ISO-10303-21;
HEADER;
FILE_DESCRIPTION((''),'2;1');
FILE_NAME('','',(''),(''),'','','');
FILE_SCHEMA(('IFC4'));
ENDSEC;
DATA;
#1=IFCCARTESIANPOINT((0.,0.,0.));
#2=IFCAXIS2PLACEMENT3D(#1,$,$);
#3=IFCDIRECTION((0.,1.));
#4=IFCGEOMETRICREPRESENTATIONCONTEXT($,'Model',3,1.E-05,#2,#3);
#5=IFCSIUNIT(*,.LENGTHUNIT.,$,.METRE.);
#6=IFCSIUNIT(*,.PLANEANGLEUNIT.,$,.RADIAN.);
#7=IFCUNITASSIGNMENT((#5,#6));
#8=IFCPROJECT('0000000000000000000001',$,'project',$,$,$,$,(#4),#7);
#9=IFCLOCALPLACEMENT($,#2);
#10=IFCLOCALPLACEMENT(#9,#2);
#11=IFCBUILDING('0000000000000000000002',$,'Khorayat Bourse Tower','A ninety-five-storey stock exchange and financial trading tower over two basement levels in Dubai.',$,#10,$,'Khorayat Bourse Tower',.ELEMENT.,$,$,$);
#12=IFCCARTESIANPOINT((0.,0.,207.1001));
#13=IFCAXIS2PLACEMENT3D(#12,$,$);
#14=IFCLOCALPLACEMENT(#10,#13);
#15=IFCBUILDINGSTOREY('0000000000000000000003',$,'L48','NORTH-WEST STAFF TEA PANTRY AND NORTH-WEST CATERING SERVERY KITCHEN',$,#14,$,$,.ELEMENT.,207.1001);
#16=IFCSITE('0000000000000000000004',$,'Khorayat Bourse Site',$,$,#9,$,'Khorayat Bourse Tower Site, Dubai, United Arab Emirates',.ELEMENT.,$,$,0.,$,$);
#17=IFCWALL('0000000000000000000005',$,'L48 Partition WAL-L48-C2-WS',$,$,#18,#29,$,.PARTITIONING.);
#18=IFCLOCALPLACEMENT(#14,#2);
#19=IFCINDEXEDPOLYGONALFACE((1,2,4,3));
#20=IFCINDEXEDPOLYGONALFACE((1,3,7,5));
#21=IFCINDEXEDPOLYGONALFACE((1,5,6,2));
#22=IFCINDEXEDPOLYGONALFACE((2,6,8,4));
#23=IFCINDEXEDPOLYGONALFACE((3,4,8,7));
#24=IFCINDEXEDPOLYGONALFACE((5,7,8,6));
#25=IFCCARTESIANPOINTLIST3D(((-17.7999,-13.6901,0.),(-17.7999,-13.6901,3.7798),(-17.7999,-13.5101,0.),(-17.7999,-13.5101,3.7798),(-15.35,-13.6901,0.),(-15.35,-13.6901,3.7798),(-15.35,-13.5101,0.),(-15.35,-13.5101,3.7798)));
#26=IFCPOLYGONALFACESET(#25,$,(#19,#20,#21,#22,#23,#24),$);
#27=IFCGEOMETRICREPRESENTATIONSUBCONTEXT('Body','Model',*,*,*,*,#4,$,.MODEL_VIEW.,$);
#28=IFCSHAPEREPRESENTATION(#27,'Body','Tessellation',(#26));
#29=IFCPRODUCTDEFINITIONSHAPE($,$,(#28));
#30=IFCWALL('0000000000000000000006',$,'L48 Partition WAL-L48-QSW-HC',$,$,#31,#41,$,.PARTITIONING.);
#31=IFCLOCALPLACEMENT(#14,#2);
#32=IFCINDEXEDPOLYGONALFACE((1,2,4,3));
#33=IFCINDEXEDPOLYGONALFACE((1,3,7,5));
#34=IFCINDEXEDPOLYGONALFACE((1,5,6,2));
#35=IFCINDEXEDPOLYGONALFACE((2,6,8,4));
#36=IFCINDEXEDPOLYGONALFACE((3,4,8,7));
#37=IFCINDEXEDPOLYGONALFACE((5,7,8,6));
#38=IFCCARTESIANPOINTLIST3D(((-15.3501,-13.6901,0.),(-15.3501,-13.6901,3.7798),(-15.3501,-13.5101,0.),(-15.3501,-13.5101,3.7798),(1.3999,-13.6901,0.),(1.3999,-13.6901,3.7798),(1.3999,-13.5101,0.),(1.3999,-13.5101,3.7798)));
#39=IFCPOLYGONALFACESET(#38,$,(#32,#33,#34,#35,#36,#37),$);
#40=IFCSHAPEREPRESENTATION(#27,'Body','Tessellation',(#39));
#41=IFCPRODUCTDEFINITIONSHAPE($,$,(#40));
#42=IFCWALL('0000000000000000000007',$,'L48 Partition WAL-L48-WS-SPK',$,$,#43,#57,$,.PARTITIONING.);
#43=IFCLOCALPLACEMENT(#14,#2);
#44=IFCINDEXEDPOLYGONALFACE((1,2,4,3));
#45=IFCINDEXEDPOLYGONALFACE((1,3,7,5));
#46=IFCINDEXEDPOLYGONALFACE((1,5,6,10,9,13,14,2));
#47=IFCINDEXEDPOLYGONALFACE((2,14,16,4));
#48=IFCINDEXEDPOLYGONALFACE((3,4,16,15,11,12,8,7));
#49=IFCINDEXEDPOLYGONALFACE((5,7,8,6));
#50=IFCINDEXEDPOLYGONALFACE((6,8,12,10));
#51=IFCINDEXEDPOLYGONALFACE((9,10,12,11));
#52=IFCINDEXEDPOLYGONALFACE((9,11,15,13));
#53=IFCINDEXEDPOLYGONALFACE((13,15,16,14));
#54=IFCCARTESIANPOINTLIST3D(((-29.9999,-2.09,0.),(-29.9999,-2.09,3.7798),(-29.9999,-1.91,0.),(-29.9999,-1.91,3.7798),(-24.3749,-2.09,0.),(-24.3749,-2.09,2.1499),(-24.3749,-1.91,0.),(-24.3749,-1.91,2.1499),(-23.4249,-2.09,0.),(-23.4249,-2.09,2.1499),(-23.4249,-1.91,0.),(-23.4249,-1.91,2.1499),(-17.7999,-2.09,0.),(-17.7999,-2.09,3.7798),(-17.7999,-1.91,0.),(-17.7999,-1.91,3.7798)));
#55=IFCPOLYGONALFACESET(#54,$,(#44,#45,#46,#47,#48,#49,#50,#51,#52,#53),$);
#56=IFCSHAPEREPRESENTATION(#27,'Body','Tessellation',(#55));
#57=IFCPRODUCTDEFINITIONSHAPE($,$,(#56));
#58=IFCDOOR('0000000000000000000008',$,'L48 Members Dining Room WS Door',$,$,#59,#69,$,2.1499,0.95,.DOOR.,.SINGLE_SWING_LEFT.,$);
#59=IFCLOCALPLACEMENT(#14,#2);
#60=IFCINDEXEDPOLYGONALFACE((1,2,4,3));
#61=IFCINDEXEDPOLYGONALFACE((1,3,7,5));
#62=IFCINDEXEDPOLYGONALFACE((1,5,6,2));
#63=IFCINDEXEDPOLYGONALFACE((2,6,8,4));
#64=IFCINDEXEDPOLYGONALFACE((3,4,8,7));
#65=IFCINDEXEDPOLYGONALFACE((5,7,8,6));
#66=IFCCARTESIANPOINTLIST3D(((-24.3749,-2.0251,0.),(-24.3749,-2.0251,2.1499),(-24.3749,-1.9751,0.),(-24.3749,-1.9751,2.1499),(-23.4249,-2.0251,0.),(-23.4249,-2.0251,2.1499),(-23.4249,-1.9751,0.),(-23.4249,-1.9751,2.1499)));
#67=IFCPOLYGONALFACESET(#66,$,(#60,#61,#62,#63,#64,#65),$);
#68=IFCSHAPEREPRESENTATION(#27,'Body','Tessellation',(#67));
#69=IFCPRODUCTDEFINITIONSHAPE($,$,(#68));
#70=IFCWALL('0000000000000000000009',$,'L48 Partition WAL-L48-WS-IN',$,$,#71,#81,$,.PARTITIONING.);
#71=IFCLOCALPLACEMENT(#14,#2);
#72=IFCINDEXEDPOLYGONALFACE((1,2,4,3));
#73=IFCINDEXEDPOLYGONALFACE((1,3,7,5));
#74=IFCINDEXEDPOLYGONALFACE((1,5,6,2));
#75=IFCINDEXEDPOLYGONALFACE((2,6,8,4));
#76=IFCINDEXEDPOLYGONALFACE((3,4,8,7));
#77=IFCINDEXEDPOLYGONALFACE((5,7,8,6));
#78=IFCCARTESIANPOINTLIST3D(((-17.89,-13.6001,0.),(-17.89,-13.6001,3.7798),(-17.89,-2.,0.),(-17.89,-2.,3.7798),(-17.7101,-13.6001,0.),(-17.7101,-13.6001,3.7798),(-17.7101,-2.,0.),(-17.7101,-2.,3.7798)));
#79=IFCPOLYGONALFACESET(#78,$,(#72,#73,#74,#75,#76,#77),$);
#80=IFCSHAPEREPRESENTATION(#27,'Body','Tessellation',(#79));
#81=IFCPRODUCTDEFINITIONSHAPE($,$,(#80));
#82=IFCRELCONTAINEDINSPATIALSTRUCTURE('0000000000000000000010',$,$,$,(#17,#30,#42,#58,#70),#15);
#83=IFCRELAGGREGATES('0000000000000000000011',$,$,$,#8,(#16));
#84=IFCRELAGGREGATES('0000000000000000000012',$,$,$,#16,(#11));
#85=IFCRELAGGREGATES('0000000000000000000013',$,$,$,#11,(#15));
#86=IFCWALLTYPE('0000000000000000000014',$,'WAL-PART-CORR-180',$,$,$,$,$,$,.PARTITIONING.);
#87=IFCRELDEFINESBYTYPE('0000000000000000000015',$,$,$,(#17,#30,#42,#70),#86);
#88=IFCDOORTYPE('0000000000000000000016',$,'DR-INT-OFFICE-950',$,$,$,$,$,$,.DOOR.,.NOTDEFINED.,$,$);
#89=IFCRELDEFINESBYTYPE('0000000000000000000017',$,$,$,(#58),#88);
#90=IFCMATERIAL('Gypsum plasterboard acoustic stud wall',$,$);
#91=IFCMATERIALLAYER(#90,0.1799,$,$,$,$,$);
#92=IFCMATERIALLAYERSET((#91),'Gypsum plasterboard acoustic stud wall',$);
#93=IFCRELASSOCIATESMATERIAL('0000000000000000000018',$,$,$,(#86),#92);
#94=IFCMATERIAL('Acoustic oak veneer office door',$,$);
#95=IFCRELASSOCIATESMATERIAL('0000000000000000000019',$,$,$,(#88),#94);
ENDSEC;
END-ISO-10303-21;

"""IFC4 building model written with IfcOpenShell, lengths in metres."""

from ifc_helpers import new_model, si_unit, direction, frame, frame_2d, origin, place, context, subcontext, project, spatial, rectangle, extrude, source, transform, mapped, material, layer, layer_set, type_object, element, fill, save


model = new_model("IFC4")

# Units and contexts
model_context = context("Model", 3, precision=1e-05, world=origin(), true_north=direction((0.0, 1.0)))
body_context = subcontext(model_context, "Body", "Model", "MODEL_VIEW")
ifc_project = project(units=[si_unit("LENGTHUNIT", "METRE"), si_unit("PLANEANGLEUNIT", "RADIAN")], contexts=[model_context])

# Site, building, storey
site_placement = place(None, origin())
site = spatial("IfcSite", under=ifc_project, at=site_placement, Name="Khorayat Bourse Site", LongName="Khorayat Bourse Tower Site, Dubai, United Arab Emirates", CompositionType="ELEMENT", RefElevation=0.0)
building_placement = place(site_placement, origin())
building = spatial("IfcBuilding", under=site, at=building_placement, Name="Khorayat Bourse Tower", Description="A ninety-five-storey stock exchange and financial trading tower over two basement levels in Dubai.", LongName="Khorayat Bourse Tower", CompositionType="ELEMENT")
storey_placement = place(building_placement, frame((0.0, 0.0, 207.1001)))
storey = spatial("IfcBuildingStorey", under=building, at=storey_placement, Name="L48", Description="NORTH-WEST STAFF TEA PANTRY AND NORTH-WEST CATERING SERVERY KITCHEN", CompositionType="ELEMENT", Elevation=207.1001)

# Walls
ifc_material_1 = material(Name="Gypsum plasterboard acoustic stud wall")
ifc_layer_1 = layer(ifc_material_1, 0.1799)
ifc_layer_set_1 = layer_set([ifc_layer_1], Name="Gypsum plasterboard acoustic stud wall")
wall_type_1 = type_object("IfcWallType", Name="WAL-PART-CORR-180", PredefinedType="PARTITIONING", material=ifc_layer_set_1)
shared_shape_1 = source(origin(), body_context, "Body", "SweptSolid", [
    extrude(rectangle(XDim=2.45, YDim=0.1799, at=frame_2d((1.2251, 0.0))), origin(), (0.0, 0.0, 1.0), 3.7798),
])
wall_1_placement = place(storey_placement, frame((-17.8, -13.6001, 0.0), z_axis=(0.0, 0.0, 1.0), x_axis=(1.0, 0.0, 0.0)))
element("IfcWall", 1, at=wall_1_placement, inside=storey, type_object=wall_type_1, Name="L48 Partition WAL-L48-C2-WS", PredefinedType="PARTITIONING", context=body_context, shape_type="MappedRepresentation", body=[
    mapped(shared_shape_1, transform((0.0, 0.0, 0.0), scale=1.0)),
])
shared_shape_2 = source(origin(), body_context, "Body", "SweptSolid", [
    extrude(rectangle(XDim=16.75, YDim=0.1799, at=frame_2d((8.375, 0.0))), origin(), (0.0, 0.0, 1.0), 3.7798),
])
wall_2_placement = place(storey_placement, frame((-15.3501, -13.6001, 0.0), z_axis=(0.0, 0.0, 1.0), x_axis=(1.0, 0.0, 0.0)))
element("IfcWall", 2, at=wall_2_placement, inside=storey, type_object=wall_type_1, Name="L48 Partition WAL-L48-QSW-HC", PredefinedType="PARTITIONING", context=body_context, shape_type="MappedRepresentation", body=[
    mapped(shared_shape_2, transform((0.0, 0.0, 0.0), scale=1.0)),
])

# Wall, opening, door
shared_shape_3 = source(origin(), body_context, "Body", "SweptSolid", [
    extrude(rectangle(XDim=12.2, YDim=0.1799, at=frame_2d((6.1001, 0.0))), origin(), (0.0, 0.0, 1.0), 3.7798),
])
wall_3_placement = place(storey_placement, frame((-30.0, -2.0, 0.0), z_axis=(0.0, 0.0, 1.0), x_axis=(1.0, 0.0, 0.0)))
wall_3 = element("IfcWall", 3, at=wall_3_placement, inside=storey, type_object=wall_type_1, Name="L48 Partition WAL-L48-WS-SPK", PredefinedType="PARTITIONING", context=body_context, shape_type="MappedRepresentation", body=[
    mapped(shared_shape_3, transform((0.0, 0.0, 0.0), scale=1.0)),
])
shared_shape_4 = source(origin(), body_context, "Body", "SweptSolid", [
    extrude(rectangle(XDim=0.95, YDim=2.1499, at=frame_2d((0.4751, 1.075))), frame((0.0, 0.0999, 0.0), z_axis=(0.0, -1.0, 0.0), x_axis=(1.0, 0.0, 0.0)), (0.0, 0.0, 1.0), 0.2),
])
opening_placement = place(wall_3_placement, frame((5.625, 0.0, 0.0)))
opening = element("IfcOpeningElement", 4, at=opening_placement, cuts=wall_3, PredefinedType="OPENING", context=body_context, shape_type="MappedRepresentation", body=[
    mapped(shared_shape_4, transform((0.0, 0.0, 0.0), scale=1.0)),
])
ifc_material_2 = material(Name="Acoustic oak veneer office door")
door_type = type_object("IfcDoorType", Name="DR-INT-OFFICE-950", OperationType="NOTDEFINED", PredefinedType="DOOR", material=ifc_material_2)
shared_shape_5 = source(origin(), body_context, "Body", "SweptSolid", [
    extrude(rectangle(XDim=0.95, YDim=2.1499, at=frame_2d((0.4751, 1.075))), frame((0.0, 0.0249, 0.0), z_axis=(0.0, -1.0, 0.0), x_axis=(1.0, 0.0, 0.0)), (0.0, 0.0, 1.0), 0.05),
])
door_placement = place(opening_placement, origin())
door = element("IfcDoor", 5, at=door_placement, inside=storey, type_object=door_type, Name="L48 Members Dining Room WS Door", OperationType="SINGLE_SWING_LEFT", OverallHeight=2.1499, OverallWidth=0.95, PredefinedType="DOOR", context=body_context, shape_type="MappedRepresentation", body=[
    mapped(shared_shape_5, transform((0.0, 0.0, 0.0), scale=1.0)),
])
fill(opening, door)

# Wall
shared_shape_6 = source(origin(), body_context, "Body", "SweptSolid", [
    extrude(rectangle(XDim=11.6001, YDim=0.1799, at=frame_2d((5.8, 0.0))), origin(), (0.0, 0.0, 1.0), 3.7798),
])
wall_4_placement = place(storey_placement, frame((-17.8, -13.6001, 0.0), z_axis=(0.0, 0.0, 1.0), x_axis=(0.0, 1.0, 0.0)))
element("IfcWall", 6, at=wall_4_placement, inside=storey, type_object=wall_type_1, Name="L48 Partition WAL-L48-WS-IN", PredefinedType="PARTITIONING", context=body_context, shape_type="MappedRepresentation", body=[
    mapped(shared_shape_6, transform((0.0, 0.0, 0.0), scale=1.0)),
])

save(model, "model.ifc")
